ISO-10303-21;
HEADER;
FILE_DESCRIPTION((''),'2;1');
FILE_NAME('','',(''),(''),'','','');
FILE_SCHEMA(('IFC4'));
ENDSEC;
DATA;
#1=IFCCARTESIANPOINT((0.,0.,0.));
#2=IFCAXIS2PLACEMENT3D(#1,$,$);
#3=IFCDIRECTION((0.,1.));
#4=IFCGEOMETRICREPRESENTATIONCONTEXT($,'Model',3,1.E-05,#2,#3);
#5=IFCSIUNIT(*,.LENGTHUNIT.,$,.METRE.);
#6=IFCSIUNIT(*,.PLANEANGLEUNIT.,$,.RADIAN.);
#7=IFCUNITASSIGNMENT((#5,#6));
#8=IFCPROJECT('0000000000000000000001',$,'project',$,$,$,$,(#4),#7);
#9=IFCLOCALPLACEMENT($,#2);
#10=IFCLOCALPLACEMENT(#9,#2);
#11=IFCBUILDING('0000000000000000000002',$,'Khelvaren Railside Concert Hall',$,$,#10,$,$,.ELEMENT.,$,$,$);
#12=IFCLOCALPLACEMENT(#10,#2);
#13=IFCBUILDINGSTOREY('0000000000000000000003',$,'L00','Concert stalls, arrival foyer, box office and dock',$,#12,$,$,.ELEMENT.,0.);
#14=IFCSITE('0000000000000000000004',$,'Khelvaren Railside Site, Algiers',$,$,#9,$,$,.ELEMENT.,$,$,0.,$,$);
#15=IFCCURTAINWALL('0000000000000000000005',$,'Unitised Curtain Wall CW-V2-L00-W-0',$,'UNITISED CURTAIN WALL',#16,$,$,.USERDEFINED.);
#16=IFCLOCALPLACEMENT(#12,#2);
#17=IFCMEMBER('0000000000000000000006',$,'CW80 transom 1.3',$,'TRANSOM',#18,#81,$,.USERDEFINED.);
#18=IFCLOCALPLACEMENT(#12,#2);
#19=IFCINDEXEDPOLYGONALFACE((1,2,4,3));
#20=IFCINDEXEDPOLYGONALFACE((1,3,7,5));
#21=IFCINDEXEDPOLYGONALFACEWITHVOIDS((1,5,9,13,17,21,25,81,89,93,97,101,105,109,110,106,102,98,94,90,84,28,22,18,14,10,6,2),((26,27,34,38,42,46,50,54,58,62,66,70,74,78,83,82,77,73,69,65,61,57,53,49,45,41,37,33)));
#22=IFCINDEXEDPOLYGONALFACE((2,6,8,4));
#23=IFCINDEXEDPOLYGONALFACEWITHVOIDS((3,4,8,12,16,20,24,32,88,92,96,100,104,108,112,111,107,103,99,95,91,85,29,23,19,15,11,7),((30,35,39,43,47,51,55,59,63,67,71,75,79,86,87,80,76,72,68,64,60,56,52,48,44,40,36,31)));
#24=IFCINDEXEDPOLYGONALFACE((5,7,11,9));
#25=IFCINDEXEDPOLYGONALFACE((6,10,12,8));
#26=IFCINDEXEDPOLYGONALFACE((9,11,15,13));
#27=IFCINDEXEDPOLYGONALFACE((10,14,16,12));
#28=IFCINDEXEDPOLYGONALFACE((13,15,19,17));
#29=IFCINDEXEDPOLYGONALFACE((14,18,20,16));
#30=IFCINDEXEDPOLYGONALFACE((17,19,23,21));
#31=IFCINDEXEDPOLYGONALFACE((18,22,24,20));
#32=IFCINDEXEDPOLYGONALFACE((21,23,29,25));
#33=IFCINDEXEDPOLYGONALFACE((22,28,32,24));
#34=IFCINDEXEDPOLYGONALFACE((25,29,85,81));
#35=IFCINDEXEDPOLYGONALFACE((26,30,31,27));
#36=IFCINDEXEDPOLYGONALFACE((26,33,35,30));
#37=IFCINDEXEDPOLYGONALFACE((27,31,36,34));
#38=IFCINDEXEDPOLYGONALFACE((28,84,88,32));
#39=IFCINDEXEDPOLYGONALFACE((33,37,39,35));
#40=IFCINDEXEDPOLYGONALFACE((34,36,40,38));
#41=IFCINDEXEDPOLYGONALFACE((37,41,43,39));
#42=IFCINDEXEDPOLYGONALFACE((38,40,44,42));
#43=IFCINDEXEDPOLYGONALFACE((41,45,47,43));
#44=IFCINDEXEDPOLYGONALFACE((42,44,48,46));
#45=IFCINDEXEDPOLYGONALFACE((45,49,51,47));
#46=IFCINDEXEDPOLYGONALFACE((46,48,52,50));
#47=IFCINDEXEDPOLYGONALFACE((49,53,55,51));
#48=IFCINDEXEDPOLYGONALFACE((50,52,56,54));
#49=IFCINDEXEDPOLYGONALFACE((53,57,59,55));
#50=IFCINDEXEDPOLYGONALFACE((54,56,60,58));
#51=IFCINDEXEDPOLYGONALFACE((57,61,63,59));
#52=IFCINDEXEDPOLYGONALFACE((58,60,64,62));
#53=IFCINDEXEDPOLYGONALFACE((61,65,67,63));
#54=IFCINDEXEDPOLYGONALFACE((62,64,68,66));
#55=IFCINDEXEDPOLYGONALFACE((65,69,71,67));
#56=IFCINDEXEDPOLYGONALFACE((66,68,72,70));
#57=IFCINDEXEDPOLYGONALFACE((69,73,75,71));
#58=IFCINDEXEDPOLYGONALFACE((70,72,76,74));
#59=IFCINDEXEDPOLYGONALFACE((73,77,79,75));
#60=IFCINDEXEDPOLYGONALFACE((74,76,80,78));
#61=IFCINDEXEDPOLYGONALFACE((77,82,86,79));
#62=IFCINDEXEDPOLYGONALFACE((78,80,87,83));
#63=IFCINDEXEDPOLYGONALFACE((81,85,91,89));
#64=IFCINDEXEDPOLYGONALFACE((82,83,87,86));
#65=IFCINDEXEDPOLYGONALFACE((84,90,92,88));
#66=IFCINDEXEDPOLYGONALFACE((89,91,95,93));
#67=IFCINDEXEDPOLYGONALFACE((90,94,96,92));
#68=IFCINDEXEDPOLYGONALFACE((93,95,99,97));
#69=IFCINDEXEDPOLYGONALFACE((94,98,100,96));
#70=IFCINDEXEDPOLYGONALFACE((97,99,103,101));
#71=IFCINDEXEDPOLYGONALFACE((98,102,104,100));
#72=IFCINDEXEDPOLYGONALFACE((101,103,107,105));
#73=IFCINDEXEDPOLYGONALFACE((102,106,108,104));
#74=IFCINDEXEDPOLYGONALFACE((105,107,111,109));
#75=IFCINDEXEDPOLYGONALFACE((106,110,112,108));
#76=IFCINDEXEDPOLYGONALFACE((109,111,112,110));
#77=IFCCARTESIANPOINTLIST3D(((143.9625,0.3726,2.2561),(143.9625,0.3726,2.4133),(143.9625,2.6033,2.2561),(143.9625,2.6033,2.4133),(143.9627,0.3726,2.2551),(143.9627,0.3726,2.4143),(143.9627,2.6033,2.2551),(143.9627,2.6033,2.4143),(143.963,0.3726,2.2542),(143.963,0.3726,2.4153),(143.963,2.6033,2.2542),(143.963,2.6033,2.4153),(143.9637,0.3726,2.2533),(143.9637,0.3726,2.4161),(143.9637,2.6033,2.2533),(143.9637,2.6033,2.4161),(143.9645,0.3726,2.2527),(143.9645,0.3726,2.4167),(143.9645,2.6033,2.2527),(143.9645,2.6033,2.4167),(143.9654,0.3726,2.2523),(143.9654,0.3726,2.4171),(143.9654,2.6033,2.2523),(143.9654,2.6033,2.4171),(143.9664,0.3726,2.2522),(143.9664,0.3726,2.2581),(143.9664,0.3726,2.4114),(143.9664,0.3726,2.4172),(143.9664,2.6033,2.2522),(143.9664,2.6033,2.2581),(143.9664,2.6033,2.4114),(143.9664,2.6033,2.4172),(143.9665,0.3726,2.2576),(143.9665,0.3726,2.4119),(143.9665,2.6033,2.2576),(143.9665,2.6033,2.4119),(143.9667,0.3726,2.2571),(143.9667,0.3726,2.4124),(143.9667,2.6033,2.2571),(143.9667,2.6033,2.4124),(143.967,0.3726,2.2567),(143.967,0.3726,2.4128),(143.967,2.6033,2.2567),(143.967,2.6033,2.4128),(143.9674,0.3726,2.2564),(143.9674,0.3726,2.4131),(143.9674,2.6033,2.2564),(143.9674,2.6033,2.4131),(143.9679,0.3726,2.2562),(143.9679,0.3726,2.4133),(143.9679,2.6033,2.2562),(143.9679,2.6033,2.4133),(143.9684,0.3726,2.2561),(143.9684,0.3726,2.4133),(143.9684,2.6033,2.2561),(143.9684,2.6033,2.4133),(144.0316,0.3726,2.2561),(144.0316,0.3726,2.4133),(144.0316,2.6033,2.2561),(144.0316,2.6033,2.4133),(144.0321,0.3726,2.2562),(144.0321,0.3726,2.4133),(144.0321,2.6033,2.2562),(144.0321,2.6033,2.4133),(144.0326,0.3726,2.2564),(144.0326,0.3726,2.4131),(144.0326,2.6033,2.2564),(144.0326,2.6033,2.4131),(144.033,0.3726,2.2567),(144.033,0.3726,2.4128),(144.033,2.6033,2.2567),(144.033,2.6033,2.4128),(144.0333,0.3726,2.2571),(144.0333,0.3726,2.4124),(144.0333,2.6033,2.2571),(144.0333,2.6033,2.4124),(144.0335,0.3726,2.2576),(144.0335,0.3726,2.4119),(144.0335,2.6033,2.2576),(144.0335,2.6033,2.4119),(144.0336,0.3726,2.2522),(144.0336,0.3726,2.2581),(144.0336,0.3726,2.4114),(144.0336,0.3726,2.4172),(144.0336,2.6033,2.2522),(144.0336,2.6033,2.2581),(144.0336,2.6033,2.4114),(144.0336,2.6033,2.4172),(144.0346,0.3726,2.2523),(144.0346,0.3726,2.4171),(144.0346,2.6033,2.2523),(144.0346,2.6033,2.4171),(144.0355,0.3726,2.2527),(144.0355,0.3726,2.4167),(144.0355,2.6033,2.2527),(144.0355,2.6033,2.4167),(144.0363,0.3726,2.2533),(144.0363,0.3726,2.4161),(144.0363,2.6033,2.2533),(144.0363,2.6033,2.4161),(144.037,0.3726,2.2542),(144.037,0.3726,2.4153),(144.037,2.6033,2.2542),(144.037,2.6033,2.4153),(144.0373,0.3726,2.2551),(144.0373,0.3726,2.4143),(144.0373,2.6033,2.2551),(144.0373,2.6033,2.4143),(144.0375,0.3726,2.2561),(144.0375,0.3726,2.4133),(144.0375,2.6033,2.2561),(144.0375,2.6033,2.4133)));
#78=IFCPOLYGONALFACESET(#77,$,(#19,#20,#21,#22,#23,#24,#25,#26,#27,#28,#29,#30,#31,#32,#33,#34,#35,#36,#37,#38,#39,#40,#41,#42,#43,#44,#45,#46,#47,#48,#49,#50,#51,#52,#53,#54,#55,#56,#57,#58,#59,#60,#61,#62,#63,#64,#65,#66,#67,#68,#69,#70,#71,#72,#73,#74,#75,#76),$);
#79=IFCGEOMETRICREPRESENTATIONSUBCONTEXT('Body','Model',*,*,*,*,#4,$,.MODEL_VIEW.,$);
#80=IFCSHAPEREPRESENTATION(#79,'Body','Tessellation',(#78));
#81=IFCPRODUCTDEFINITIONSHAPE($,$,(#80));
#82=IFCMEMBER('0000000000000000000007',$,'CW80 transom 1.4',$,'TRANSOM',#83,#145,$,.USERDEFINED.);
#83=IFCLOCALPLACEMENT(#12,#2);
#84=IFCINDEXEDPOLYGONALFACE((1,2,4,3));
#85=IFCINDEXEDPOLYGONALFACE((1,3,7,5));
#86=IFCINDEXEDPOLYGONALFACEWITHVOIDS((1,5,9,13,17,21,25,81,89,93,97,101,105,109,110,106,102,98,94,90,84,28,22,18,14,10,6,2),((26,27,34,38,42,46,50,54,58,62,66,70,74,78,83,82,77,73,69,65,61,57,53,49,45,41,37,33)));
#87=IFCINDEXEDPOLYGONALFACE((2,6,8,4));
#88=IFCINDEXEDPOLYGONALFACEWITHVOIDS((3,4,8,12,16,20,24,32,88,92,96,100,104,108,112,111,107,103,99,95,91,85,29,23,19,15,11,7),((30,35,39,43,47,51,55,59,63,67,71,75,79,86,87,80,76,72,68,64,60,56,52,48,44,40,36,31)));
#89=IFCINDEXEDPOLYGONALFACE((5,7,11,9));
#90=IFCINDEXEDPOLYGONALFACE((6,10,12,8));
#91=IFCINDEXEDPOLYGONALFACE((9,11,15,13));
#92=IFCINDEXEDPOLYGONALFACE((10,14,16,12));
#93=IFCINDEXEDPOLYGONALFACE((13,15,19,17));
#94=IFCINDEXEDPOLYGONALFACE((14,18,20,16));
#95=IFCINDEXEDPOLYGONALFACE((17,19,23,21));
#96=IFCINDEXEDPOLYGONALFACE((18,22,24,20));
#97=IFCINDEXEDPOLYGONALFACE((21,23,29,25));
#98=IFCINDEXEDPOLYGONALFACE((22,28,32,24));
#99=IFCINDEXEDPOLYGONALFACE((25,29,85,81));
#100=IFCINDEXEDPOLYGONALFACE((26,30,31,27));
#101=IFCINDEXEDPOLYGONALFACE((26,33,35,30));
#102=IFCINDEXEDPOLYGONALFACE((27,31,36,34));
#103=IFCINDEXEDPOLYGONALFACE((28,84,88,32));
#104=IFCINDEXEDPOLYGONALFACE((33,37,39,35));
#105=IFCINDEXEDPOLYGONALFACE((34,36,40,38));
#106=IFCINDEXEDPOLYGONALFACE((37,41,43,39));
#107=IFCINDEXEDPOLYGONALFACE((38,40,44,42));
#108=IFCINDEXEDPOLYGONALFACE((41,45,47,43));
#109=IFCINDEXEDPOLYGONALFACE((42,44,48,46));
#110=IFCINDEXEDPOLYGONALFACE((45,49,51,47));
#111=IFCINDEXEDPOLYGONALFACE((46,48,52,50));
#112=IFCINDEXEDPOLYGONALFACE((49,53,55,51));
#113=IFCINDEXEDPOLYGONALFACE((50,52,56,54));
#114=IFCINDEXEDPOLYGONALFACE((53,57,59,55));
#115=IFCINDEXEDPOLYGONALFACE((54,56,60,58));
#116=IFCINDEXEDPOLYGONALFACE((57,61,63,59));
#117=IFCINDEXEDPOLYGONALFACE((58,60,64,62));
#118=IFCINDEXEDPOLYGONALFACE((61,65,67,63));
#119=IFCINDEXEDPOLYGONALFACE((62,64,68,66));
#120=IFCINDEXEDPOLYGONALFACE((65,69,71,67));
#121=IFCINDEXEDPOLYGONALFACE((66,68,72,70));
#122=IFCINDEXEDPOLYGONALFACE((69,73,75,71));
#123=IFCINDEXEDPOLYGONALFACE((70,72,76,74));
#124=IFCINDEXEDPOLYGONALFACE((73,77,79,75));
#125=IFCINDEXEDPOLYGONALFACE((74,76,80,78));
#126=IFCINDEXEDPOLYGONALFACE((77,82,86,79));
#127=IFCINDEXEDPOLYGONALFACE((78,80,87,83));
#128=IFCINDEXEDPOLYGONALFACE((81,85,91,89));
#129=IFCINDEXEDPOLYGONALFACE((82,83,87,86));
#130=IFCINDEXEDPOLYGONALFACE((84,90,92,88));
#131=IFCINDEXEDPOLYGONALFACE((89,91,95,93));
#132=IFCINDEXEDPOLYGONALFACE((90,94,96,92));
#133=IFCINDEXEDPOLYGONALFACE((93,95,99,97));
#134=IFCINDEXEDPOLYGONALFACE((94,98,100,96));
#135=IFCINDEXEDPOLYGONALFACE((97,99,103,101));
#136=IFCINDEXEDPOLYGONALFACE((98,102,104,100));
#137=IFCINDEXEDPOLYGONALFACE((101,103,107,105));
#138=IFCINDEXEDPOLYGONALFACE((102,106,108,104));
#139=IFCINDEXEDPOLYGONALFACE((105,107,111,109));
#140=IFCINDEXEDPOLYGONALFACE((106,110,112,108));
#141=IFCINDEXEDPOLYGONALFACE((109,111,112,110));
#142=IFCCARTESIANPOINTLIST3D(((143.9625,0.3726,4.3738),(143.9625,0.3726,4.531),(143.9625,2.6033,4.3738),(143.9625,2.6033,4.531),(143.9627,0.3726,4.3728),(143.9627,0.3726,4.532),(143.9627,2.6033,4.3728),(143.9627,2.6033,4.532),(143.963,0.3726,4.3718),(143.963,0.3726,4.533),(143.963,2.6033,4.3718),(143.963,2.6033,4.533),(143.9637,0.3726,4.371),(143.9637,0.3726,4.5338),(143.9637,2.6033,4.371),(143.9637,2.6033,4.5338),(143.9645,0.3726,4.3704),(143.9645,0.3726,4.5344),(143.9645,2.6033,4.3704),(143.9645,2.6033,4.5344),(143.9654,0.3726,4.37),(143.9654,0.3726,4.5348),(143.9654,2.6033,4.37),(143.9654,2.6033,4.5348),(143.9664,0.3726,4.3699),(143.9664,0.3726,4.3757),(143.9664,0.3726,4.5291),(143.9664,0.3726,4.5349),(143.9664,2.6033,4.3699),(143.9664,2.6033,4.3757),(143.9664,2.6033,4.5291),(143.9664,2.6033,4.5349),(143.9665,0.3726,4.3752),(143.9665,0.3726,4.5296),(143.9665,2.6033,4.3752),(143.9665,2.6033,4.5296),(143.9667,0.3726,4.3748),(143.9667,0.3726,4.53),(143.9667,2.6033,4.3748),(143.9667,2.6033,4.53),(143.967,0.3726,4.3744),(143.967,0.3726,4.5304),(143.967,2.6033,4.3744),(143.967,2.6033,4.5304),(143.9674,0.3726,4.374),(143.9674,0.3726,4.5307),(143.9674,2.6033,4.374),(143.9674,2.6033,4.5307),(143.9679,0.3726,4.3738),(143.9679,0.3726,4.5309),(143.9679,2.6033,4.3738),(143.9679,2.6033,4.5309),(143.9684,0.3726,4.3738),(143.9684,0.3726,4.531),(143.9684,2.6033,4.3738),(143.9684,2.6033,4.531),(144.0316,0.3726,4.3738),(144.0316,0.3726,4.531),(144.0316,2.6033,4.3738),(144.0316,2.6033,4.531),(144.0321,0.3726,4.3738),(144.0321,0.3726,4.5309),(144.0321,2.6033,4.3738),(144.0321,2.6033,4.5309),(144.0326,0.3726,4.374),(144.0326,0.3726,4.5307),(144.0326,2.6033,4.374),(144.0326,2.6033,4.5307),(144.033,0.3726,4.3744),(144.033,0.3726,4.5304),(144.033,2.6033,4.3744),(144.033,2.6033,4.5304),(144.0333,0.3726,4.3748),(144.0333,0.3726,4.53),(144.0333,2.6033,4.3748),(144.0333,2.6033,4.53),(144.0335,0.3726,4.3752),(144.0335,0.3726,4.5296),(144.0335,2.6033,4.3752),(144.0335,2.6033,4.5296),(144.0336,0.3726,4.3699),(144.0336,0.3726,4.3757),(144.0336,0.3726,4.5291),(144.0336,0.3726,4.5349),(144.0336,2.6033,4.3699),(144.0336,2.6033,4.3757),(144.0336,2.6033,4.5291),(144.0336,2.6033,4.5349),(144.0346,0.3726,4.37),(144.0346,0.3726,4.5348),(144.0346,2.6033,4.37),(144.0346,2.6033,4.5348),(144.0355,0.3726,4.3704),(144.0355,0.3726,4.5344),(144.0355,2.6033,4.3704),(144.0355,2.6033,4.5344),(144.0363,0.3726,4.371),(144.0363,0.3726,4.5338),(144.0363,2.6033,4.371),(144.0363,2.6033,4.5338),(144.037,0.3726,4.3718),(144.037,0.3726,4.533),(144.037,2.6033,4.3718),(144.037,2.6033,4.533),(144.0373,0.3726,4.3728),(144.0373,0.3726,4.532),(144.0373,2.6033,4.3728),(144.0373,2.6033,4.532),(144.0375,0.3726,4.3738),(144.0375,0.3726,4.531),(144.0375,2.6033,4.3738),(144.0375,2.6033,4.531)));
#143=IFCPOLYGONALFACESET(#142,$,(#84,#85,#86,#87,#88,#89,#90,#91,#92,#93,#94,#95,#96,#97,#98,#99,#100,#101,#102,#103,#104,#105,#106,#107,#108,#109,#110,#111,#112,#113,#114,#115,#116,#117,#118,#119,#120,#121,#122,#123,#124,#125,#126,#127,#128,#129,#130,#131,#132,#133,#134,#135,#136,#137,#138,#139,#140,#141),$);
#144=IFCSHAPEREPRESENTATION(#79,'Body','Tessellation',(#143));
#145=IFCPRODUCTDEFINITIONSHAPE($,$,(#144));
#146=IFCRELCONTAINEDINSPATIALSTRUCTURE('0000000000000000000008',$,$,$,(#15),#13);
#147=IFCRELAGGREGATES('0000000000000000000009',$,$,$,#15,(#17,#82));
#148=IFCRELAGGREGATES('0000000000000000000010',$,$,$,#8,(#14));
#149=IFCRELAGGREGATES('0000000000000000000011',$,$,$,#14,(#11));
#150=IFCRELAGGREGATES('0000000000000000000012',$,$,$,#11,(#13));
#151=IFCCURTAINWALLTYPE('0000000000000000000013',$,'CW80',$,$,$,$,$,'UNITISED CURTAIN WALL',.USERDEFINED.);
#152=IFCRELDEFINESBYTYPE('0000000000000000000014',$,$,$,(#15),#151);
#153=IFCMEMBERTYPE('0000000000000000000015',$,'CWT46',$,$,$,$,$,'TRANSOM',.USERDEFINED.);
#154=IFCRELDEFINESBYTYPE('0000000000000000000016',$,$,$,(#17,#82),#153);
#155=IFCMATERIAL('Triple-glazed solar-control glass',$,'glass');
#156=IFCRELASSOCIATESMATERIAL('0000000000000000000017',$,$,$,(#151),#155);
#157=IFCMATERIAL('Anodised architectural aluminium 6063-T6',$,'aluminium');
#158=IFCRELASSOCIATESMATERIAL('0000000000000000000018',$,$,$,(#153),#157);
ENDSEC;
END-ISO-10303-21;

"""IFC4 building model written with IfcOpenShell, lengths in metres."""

from ifc_helpers import new_model, si_unit, direction, frame, origin, origin_2d, place, context, subcontext, project, spatial, hollow_rectangle, extrude, material, material_profile, profile_set, type_object, element, aggregate, save


model = new_model("IFC4")

# Units and contexts
model_context = context("Model", 3, precision=1e-05, world=origin(), true_north=direction((0.0, 1.0)))
body_context = subcontext(model_context, "Body", "Model", "MODEL_VIEW")
ifc_project = project(units=[si_unit("LENGTHUNIT", "METRE"), si_unit("PLANEANGLEUNIT", "RADIAN")], contexts=[model_context])

# Site, building, storey
site_placement = place(None, origin())
site = spatial("IfcSite", under=ifc_project, at=site_placement, Name="Khelvaren Railside Site, Algiers", CompositionType="ELEMENT", RefElevation=0.0)
building_placement = place(site_placement, origin())
building = spatial("IfcBuilding", under=site, at=building_placement, Name="Khelvaren Railside Concert Hall", CompositionType="ELEMENT")
storey_placement = place(building_placement, origin())
storey = spatial("IfcBuildingStorey", under=building, at=storey_placement, Name="L00", Description="Concert stalls, arrival foyer, box office and dock", CompositionType="ELEMENT", Elevation=0.0)

# Curtain wall
ifc_material_1 = material(Name="Triple-glazed solar-control glass", Category="glass")
curtain_wall_type_1 = type_object("IfcCurtainWallType", Name="CW80", ElementType="UNITISED CURTAIN WALL", PredefinedType="USERDEFINED", material=ifc_material_1)
curtain_wall_1_placement = place(storey_placement, origin())
curtain_wall_1 = element("IfcCurtainWall", 1, at=curtain_wall_1_placement, inside=storey, type_object=curtain_wall_type_1, Name="Unitised Curtain Wall CW-V2-L00-W-0", ObjectType="UNITISED CURTAIN WALL", PredefinedType="USERDEFINED")
ifc_material_2 = material(Name="Anodised architectural aluminium 6063-T6", Category="aluminium")

# Members
ifc_material_profile_1 = material_profile(ifc_material_2, hollow_rectangle(XDim=0.075, YDim=0.165, WallThickness=0.0039, InnerFilletRadius=0.002, OuterFilletRadius=0.0039, at=origin_2d()), Name="CWT 75x165x4")
ifc_profile_set_1 = profile_set([ifc_material_profile_1], Name="Anodised architectural aluminium 6063-T6")
member_type_1 = type_object("IfcMemberType", Name="CWT46", ElementType="TRANSOM", PredefinedType="USERDEFINED", material=ifc_profile_set_1)
member_1_placement = place(storey_placement, frame((144.0, 0.3726, 2.3347), z_axis=(0.0, 1.0, 0.0), x_axis=(-1.0, 0.0, 0.0)))
member_1 = element("IfcMember", 2, at=member_1_placement, type_object=member_type_1, Name="CW80 transom 1.3", ObjectType="TRANSOM", PredefinedType="USERDEFINED", context=body_context, shape_type="SweptSolid", body=[
    extrude(hollow_rectangle(XDim=0.075, YDim=0.165, WallThickness=0.0039, InnerFilletRadius=0.002, OuterFilletRadius=0.0039, at=origin_2d()), origin(), (0.0, 0.0, 1.0), 2.2307),
])
member_2_placement = place(storey_placement, frame((144.0, 0.3726, 4.4524), z_axis=(0.0, 1.0, 0.0), x_axis=(-1.0, 0.0, 0.0)))
member_2 = element("IfcMember", 3, at=member_2_placement, type_object=member_type_1, Name="CW80 transom 1.4", ObjectType="TRANSOM", PredefinedType="USERDEFINED", context=body_context, shape_type="SweptSolid", body=[
    extrude(hollow_rectangle(XDim=0.075, YDim=0.165, WallThickness=0.0039, InnerFilletRadius=0.002, OuterFilletRadius=0.0039, at=origin_2d()), origin(), (0.0, 0.0, 1.0), 2.2307),
])

aggregate(curtain_wall_1, [member_1, member_2])

save(model, "model.ifc")
